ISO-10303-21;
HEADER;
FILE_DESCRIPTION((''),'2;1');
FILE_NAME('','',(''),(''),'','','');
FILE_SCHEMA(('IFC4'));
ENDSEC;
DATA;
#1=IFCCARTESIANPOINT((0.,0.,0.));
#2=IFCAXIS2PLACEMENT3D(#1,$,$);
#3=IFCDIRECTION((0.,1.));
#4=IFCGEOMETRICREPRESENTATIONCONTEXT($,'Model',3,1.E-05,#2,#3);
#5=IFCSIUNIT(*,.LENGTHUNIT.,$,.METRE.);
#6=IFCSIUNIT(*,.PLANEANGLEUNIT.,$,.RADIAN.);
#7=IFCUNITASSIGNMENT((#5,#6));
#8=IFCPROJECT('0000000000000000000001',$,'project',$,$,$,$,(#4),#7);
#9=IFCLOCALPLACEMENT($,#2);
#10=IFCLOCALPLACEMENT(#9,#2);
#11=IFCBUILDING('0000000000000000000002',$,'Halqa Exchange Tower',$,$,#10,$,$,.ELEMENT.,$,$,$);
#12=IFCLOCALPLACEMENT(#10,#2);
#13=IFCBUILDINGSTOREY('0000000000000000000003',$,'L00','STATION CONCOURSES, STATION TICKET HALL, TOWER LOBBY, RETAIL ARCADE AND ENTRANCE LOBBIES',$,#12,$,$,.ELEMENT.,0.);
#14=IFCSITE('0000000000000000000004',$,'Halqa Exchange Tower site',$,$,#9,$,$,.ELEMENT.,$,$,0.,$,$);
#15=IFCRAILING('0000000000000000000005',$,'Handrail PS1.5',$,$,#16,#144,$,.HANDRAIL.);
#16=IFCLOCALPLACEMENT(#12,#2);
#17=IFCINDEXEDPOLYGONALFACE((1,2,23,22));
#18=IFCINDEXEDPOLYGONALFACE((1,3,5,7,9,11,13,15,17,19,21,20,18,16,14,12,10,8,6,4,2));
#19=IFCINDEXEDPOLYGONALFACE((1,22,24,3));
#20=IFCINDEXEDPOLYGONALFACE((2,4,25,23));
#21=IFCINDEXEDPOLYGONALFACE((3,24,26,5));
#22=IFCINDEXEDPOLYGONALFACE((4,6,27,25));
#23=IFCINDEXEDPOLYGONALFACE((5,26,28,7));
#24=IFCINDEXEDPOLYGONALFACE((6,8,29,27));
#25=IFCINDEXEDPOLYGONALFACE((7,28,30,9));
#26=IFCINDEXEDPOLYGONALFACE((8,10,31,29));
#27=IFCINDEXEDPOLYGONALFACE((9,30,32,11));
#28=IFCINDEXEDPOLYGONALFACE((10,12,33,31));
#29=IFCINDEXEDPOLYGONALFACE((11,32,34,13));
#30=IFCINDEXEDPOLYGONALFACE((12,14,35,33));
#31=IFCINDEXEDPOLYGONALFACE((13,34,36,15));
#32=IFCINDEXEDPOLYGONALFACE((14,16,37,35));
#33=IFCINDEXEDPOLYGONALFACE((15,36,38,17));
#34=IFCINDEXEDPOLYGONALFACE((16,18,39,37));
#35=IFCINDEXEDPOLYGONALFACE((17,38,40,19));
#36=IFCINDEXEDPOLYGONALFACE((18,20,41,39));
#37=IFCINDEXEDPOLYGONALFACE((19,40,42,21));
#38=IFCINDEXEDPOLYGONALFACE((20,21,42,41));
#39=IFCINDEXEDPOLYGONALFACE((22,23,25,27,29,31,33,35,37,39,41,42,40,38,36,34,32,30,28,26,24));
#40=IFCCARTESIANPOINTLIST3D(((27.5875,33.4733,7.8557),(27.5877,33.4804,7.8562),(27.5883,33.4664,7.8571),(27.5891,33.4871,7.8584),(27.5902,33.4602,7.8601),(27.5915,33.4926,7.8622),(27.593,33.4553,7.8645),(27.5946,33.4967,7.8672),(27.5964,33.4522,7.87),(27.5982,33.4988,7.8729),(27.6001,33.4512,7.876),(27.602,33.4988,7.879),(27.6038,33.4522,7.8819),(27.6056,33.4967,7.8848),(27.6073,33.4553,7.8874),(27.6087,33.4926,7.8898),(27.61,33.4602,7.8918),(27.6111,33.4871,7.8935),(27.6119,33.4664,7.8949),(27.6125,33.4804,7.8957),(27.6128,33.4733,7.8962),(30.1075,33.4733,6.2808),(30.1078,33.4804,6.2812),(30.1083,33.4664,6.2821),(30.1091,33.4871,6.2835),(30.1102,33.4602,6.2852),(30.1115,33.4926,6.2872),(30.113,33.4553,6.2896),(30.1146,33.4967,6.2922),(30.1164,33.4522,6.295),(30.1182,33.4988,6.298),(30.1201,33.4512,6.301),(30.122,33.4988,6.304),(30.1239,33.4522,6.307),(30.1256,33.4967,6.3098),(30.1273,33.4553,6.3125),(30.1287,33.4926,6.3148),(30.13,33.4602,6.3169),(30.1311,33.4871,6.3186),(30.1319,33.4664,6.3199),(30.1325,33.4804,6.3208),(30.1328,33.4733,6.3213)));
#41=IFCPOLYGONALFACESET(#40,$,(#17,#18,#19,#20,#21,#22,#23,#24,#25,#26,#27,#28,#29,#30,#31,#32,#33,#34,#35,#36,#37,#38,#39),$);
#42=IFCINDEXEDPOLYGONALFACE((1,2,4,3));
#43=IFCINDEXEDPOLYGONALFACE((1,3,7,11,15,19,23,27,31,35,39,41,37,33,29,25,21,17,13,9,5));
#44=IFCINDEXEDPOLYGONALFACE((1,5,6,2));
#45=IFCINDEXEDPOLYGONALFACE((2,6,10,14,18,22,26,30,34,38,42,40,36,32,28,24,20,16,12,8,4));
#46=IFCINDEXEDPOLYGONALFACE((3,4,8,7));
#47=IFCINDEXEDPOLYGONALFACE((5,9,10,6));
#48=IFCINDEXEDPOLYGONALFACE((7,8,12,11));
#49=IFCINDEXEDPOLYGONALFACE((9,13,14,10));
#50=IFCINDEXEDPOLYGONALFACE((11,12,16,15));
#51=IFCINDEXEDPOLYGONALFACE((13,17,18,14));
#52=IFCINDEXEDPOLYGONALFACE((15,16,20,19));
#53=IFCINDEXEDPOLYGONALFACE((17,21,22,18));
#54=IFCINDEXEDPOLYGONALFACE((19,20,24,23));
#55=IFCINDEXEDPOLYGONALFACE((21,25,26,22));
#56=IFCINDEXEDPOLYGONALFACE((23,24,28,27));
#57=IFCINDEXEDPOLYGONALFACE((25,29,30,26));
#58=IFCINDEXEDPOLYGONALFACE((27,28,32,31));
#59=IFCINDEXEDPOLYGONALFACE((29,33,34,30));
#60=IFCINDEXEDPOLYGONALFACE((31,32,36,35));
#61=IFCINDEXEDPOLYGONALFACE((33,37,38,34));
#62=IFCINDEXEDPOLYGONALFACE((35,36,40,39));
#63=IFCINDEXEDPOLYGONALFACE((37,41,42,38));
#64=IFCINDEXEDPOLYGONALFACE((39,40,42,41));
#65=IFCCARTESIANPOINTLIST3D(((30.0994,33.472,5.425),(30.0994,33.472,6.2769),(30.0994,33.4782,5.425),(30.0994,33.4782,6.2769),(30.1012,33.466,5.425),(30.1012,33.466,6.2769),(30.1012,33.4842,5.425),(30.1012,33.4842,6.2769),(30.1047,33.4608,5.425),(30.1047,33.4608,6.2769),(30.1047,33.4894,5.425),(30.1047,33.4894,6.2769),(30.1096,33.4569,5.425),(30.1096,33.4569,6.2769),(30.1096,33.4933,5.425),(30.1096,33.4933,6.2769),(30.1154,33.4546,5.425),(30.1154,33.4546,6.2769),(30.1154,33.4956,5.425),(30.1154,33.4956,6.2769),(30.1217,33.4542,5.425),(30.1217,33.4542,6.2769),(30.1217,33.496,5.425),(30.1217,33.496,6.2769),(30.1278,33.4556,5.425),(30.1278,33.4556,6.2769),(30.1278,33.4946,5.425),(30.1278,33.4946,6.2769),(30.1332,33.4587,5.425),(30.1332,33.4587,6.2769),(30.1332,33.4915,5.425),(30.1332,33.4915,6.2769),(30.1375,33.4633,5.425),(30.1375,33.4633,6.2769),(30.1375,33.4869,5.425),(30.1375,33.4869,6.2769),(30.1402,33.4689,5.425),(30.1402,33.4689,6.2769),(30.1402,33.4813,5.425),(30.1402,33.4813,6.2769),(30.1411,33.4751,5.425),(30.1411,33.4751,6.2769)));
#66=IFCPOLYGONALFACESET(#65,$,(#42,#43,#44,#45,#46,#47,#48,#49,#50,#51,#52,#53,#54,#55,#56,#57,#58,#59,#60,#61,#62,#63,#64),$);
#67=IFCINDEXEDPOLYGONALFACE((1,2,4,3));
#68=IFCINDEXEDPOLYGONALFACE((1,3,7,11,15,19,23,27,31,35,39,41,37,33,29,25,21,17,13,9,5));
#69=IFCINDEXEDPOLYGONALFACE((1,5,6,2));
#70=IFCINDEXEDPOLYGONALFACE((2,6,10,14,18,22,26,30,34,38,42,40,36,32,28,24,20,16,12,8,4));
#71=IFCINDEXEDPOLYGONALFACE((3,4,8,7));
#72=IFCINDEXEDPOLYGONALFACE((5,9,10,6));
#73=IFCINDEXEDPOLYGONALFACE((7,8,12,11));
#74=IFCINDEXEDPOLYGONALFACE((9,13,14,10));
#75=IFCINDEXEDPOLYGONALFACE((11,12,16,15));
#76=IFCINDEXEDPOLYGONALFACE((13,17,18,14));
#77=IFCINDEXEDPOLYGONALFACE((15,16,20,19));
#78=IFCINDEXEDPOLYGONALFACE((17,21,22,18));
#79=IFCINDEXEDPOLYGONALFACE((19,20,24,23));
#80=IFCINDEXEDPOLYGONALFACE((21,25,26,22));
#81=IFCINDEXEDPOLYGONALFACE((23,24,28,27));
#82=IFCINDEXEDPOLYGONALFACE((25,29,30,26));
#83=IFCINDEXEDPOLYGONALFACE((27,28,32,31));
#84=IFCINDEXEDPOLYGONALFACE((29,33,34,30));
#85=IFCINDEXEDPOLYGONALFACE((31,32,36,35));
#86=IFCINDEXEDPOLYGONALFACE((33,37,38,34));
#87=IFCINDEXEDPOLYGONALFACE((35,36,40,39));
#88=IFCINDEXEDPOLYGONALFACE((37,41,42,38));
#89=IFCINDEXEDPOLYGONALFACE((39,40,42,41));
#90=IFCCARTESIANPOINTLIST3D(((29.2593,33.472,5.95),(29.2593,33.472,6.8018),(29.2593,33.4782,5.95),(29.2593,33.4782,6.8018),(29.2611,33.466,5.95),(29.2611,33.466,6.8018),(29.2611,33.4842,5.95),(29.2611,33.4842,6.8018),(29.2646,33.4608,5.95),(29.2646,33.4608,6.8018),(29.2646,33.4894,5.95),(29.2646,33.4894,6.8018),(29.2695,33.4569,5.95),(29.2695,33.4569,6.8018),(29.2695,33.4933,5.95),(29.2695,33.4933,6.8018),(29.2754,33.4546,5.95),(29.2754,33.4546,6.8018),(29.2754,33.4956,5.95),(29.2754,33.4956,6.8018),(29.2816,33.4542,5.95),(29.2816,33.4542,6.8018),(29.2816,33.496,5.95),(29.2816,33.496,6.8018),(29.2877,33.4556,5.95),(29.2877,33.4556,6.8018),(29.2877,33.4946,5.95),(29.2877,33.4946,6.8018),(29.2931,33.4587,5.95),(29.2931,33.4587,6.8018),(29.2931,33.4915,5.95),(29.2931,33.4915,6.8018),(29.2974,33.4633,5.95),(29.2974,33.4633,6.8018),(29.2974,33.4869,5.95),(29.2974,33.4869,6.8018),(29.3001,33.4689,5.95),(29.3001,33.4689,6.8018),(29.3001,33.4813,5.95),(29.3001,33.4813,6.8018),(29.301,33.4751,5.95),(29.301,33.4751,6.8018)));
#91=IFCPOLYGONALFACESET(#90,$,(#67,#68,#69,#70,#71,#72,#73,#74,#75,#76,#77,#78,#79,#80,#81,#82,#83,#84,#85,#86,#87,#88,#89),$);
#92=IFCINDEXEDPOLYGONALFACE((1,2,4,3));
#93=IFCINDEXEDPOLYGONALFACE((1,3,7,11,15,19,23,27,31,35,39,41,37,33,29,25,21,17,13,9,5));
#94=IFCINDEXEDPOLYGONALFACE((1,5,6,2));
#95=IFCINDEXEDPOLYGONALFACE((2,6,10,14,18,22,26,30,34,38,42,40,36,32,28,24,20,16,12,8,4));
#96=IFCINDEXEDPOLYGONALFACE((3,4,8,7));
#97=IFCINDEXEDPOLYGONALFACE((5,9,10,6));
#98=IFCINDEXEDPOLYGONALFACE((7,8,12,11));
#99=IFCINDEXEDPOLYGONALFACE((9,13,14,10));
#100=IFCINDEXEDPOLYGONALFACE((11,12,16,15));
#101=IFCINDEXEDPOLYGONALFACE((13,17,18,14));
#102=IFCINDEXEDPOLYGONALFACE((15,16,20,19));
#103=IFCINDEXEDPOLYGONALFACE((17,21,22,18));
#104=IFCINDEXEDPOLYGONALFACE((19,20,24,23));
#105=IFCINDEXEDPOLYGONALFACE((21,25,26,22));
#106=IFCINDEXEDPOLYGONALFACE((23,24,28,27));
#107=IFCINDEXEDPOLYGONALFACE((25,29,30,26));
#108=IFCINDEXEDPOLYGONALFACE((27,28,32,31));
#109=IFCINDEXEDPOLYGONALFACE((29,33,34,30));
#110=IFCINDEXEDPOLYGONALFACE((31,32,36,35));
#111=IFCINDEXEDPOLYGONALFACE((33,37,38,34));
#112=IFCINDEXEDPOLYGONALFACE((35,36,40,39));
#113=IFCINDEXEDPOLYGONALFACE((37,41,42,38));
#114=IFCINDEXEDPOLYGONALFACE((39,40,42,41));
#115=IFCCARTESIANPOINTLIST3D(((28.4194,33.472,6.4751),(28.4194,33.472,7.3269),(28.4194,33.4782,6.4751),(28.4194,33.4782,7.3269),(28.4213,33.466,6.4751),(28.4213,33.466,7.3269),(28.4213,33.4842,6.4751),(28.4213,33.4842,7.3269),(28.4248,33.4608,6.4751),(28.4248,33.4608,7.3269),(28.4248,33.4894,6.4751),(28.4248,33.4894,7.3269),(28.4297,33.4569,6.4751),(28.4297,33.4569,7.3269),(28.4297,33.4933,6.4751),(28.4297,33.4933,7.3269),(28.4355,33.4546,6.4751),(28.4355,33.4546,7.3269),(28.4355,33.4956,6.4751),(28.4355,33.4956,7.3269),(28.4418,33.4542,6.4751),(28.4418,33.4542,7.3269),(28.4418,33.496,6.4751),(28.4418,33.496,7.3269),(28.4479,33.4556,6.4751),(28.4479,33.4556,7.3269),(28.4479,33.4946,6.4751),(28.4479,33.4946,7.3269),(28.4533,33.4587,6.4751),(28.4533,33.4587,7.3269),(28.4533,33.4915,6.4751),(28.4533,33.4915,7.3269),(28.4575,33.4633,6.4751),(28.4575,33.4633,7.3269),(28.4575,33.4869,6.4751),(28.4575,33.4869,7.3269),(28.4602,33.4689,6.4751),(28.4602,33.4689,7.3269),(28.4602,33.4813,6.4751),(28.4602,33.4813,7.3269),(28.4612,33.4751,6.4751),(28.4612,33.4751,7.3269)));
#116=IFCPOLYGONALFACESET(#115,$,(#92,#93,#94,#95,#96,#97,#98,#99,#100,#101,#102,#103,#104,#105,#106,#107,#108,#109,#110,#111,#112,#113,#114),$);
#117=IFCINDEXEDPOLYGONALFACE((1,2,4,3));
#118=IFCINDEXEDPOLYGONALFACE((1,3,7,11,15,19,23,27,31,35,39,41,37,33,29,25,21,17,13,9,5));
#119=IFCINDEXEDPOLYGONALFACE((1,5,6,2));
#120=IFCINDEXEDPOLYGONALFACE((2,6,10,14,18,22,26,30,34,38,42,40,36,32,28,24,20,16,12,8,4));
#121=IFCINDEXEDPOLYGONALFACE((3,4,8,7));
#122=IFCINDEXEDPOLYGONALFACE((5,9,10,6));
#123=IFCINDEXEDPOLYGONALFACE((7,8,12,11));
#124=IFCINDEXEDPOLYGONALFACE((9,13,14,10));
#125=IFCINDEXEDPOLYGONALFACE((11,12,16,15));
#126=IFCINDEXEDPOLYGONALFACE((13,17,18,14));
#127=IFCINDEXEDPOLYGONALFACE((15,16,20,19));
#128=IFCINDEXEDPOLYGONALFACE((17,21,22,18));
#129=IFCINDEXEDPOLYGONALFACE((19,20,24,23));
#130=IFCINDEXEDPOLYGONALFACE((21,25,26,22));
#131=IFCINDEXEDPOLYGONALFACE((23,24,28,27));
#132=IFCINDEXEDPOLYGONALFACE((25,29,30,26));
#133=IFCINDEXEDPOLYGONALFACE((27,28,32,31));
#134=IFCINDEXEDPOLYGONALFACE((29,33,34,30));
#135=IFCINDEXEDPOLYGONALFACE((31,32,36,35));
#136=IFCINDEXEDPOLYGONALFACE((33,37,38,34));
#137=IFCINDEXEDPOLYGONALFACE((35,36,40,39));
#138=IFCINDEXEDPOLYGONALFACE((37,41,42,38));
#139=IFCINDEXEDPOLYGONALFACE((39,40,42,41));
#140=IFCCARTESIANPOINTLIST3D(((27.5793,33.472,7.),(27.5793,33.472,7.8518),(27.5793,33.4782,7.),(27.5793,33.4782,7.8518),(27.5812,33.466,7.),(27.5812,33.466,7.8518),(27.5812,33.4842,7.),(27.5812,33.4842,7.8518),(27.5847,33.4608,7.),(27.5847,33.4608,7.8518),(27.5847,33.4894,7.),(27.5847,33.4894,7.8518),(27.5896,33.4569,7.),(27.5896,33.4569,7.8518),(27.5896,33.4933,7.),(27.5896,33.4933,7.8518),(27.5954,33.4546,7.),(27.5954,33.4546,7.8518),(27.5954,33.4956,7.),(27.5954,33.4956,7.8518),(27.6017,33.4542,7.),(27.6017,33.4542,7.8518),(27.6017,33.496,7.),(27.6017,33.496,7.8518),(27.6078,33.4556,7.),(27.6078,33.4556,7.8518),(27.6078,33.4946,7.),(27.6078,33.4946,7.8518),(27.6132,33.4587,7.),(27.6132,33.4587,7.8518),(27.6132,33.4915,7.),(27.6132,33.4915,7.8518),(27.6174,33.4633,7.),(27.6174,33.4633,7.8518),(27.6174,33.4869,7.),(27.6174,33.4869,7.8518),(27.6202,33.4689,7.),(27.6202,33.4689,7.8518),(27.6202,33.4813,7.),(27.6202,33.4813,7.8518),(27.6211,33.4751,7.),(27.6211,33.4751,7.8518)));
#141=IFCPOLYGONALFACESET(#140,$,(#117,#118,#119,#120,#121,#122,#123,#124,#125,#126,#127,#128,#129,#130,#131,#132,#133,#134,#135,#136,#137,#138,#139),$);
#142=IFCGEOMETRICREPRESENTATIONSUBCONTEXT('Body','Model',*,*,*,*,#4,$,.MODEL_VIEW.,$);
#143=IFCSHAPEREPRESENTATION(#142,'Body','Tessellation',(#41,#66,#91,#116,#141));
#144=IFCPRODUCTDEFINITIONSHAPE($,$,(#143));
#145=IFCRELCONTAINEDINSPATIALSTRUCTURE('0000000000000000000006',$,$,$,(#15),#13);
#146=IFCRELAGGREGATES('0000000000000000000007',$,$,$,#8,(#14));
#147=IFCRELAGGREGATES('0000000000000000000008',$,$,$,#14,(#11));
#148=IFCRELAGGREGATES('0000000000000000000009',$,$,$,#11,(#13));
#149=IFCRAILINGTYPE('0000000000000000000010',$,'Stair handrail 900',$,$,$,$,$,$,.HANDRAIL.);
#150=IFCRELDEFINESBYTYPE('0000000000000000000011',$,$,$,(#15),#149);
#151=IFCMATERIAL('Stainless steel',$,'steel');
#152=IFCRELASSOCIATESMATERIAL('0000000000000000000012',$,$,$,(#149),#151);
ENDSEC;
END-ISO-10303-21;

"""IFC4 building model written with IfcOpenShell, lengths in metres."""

from ifc_helpers import new_model, si_unit, direction, frame, origin, origin_2d, place, context, subcontext, project, spatial, circle, extrude, material, type_object, element, save


model = new_model("IFC4")

# Units and contexts
model_context = context("Model", 3, precision=1e-05, world=origin(), true_north=direction((0.0, 1.0)))
body_context = subcontext(model_context, "Body", "Model", "MODEL_VIEW")
ifc_project = project(units=[si_unit("LENGTHUNIT", "METRE"), si_unit("PLANEANGLEUNIT", "RADIAN")], contexts=[model_context])

# Site, building, storey
site_placement = place(None, origin())
site = spatial("IfcSite", under=ifc_project, at=site_placement, Name="Halqa Exchange Tower site", CompositionType="ELEMENT", RefElevation=0.0)
building_placement = place(site_placement, origin())
building = spatial("IfcBuilding", under=site, at=building_placement, Name="Halqa Exchange Tower", CompositionType="ELEMENT")
storey_placement = place(building_placement, origin())
storey = spatial("IfcBuildingStorey", under=building, at=storey_placement, Name="L00", Description="STATION CONCOURSES, STATION TICKET HALL, TOWER LOBBY, RETAIL ARCADE AND ENTRANCE LOBBIES", CompositionType="ELEMENT", Elevation=0.0)

# Railing
ifc_material_1 = material(Name="Stainless steel", Category="steel")
railing_type = type_object("IfcRailingType", Name="Stair handrail 900", PredefinedType="HANDRAIL", material=ifc_material_1)
for number, where, name in (
    (1, (30.1201, 33.4751, 5.425), "Handrail PS1.5"),
):
    element("IfcRailing", number, at=place(storey_placement, frame(where)), inside=storey, type_object=railing_type, Name=name, PredefinedType="HANDRAIL", context=body_context, shape_type="SweptSolid", body=[
        extrude(circle(Radius=0.0239, at=origin_2d()), frame((0.0, 0.0, 0.876), z_axis=(-0.848008, 0.0, 0.529984), x_axis=(0.0, -1.0, 0.0)), (0.0, 0.0, 1.0), 2.9717),
        extrude(circle(Radius=0.021, at=origin_2d()), origin(), (0.0, 0.0, 1.0), 0.8518),
        extrude(circle(Radius=0.021, at=origin_2d()), frame((-0.8401, 0.0, 0.5249)), (0.0, 0.0, 1.0), 0.8518),
        extrude(circle(Radius=0.021, at=origin_2d()), frame((-1.6799, 0.0, 1.05)), (0.0, 0.0, 1.0), 0.8518),
        extrude(circle(Radius=0.021, at=origin_2d()), frame((-2.52, 0.0, 1.575)), (0.0, 0.0, 1.0), 0.8518),
    ])

save(model, "model.ifc")
